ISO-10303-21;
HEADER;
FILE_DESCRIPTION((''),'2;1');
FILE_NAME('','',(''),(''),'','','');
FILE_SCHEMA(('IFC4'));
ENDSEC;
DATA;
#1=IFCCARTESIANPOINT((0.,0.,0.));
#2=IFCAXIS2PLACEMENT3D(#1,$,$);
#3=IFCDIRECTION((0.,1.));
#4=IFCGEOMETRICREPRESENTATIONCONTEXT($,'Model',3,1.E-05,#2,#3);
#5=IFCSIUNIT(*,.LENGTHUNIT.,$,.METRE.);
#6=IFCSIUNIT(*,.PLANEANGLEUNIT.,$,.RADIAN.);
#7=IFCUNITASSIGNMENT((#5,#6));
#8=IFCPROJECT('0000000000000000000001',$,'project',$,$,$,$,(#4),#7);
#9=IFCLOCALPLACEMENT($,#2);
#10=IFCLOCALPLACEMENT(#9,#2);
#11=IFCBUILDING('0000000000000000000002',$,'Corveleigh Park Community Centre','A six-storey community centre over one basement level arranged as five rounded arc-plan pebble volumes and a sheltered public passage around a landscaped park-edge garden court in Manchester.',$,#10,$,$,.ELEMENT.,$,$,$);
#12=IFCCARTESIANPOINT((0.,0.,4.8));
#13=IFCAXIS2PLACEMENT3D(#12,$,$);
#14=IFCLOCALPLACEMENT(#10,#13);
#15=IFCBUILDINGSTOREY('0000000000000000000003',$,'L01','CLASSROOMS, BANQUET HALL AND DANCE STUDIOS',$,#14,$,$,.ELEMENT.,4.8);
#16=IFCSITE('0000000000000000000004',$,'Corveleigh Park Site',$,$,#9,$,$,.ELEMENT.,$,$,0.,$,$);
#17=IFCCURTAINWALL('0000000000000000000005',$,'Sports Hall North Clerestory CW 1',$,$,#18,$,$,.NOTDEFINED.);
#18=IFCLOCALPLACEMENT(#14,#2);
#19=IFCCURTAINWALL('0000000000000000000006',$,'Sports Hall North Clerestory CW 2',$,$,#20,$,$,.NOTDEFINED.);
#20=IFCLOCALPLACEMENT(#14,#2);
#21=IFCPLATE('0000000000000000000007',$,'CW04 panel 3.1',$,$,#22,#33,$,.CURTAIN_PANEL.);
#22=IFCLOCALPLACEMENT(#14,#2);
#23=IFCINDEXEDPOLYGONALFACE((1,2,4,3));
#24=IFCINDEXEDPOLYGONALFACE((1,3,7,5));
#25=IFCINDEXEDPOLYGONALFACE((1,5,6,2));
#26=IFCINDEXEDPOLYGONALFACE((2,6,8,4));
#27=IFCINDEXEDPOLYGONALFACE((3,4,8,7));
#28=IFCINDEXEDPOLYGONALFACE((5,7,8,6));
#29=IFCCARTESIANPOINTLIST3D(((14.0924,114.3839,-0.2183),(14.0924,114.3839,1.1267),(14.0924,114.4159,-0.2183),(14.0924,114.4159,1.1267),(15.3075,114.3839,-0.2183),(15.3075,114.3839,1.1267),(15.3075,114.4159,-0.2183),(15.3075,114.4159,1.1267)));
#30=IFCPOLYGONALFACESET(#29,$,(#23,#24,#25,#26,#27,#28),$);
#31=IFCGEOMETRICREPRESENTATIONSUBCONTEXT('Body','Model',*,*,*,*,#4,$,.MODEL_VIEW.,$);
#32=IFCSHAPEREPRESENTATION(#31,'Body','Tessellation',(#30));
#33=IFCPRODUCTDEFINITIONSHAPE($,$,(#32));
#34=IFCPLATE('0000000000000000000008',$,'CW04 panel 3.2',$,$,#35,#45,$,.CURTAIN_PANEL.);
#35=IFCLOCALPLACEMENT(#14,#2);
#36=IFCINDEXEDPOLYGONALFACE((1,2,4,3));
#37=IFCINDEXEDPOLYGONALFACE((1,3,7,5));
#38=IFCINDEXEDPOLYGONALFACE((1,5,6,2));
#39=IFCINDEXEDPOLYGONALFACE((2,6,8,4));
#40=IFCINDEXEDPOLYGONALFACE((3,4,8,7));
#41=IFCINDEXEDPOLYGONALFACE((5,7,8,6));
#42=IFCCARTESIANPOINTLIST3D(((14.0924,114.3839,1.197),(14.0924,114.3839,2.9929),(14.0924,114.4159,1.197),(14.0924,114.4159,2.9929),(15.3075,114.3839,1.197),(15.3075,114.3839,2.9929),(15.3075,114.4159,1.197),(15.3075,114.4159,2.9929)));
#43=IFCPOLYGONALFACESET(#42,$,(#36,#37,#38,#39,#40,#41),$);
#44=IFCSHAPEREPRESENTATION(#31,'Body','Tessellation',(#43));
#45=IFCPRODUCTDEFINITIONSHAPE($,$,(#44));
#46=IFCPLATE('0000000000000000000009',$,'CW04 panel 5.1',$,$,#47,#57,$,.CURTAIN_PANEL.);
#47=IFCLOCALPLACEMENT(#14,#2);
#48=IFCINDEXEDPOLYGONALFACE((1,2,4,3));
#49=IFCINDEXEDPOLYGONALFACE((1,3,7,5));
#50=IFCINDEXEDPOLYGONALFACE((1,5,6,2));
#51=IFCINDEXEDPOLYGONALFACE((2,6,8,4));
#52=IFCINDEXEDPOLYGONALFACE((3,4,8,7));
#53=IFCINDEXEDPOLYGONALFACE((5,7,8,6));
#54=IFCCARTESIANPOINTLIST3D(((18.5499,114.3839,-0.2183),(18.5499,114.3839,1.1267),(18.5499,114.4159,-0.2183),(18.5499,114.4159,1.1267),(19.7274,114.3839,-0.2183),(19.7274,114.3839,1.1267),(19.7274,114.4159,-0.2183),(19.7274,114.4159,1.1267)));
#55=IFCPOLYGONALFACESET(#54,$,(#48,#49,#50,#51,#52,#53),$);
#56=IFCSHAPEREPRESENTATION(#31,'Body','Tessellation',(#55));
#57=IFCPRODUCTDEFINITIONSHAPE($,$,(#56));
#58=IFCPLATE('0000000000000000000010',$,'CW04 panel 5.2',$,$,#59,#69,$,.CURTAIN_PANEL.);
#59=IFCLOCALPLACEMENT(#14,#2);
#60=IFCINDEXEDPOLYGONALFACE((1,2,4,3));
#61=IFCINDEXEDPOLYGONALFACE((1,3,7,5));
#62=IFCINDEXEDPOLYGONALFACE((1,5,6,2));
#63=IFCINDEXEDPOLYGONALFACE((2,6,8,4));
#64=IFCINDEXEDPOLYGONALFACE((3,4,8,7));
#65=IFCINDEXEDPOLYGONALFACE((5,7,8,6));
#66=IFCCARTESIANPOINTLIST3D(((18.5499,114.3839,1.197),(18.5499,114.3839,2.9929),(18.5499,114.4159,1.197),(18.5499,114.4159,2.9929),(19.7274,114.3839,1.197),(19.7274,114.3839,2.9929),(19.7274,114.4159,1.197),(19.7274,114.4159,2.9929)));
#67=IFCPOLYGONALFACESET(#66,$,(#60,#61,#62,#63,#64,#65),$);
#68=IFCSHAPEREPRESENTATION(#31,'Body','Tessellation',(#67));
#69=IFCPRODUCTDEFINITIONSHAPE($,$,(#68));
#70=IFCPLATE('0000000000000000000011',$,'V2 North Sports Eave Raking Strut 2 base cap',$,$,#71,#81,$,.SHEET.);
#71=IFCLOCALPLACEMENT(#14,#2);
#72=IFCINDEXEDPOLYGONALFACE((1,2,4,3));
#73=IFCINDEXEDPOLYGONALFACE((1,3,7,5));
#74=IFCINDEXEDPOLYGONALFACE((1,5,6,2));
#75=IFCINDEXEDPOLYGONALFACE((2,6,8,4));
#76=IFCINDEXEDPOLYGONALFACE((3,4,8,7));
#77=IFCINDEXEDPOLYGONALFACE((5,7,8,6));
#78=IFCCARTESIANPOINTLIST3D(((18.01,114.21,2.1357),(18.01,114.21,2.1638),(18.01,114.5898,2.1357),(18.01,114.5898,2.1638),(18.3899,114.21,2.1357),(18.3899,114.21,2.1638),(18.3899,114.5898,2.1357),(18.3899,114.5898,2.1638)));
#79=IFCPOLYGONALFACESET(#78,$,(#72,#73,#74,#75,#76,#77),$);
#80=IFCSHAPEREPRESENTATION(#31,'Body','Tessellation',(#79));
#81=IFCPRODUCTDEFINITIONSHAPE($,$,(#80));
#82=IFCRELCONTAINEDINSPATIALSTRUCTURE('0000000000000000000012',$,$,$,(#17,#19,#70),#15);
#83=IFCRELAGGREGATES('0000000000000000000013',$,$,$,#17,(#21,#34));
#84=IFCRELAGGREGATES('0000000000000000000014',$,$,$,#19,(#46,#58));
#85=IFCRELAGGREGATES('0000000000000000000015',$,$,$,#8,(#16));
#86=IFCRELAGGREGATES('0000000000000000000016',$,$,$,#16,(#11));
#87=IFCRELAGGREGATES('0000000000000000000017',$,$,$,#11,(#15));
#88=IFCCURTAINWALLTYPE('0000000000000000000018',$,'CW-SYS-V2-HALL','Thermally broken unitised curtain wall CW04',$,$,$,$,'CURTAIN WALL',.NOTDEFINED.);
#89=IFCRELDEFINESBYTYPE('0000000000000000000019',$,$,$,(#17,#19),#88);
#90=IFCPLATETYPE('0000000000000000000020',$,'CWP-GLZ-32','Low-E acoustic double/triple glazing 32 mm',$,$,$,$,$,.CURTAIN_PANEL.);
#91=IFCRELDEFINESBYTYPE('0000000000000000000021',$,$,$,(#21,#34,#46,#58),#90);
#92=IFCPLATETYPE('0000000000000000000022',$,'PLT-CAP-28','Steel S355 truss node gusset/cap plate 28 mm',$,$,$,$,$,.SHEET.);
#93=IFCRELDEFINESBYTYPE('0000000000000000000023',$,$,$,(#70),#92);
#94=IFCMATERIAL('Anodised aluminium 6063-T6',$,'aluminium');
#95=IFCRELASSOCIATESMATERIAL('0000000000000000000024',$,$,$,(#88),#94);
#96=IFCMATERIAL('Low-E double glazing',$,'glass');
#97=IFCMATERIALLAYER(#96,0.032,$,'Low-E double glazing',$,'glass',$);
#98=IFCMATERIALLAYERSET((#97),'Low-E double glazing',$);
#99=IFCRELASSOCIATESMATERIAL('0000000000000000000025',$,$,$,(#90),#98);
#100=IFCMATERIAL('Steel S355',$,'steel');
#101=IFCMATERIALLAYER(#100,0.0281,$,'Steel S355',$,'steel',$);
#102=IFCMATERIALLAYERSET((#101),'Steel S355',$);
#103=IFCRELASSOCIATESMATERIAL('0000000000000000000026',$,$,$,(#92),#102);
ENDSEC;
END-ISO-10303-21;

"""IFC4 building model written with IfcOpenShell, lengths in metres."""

from ifc_helpers import new_model, si_unit, direction, frame, origin, origin_2d, place, context, subcontext, project, spatial, rectangle, extrude, material, layer, layer_set, type_object, element, aggregate, save


model = new_model("IFC4")

# Units and contexts
model_context = context("Model", 3, precision=1e-05, world=origin(), true_north=direction((0.0, 1.0)))
body_context = subcontext(model_context, "Body", "Model", "MODEL_VIEW")
ifc_project = project(units=[si_unit("LENGTHUNIT", "METRE"), si_unit("PLANEANGLEUNIT", "RADIAN")], contexts=[model_context])

# Site, building, storey
site_placement = place(None, origin())
site = spatial("IfcSite", under=ifc_project, at=site_placement, Name="Corveleigh Park Site", CompositionType="ELEMENT", RefElevation=0.0)
building_placement = place(site_placement, origin())
building = spatial("IfcBuilding", under=site, at=building_placement, Name="Corveleigh Park Community Centre", Description="A six-storey community centre over one basement level arranged as five rounded arc-plan pebble volumes and a sheltered public passage around a landscaped park-edge garden court in Manchester.", CompositionType="ELEMENT")
storey_placement = place(building_placement, frame((0.0, 0.0, 4.8)))
storey = spatial("IfcBuildingStorey", under=building, at=storey_placement, Name="L01", Description="CLASSROOMS, BANQUET HALL AND DANCE STUDIOS", CompositionType="ELEMENT", Elevation=4.8)

# Shared definitions
ifc_material_1 = material(Name="Steel S355", Category="steel")

# Curtain walls
ifc_material_2 = material(Name="Anodised aluminium 6063-T6", Category="aluminium")
curtain_wall_type = type_object("IfcCurtainWallType", Name="CW-SYS-V2-HALL", Description="Thermally broken unitised curtain wall CW04", ElementType="CURTAIN WALL", PredefinedType="NOTDEFINED", material=ifc_material_2)
curtain_wall_1_placement = place(storey_placement, origin())
curtain_wall_1 = element("IfcCurtainWall", 1, at=curtain_wall_1_placement, inside=storey, type_object=curtain_wall_type, Name="Sports Hall North Clerestory CW 1", PredefinedType="NOTDEFINED")
curtain_wall_2_placement = place(storey_placement, origin())
curtain_wall_2 = element("IfcCurtainWall", 2, at=curtain_wall_2_placement, inside=storey, type_object=curtain_wall_type, Name="Sports Hall North Clerestory CW 2", PredefinedType="NOTDEFINED")

# Plates
ifc_material_3 = material(Name="Low-E double glazing", Category="glass")
ifc_layer_1 = layer(ifc_material_3, 0.032, Name="Low-E double glazing", Category="glass")
ifc_layer_set_1 = layer_set([ifc_layer_1], Name="Low-E double glazing")
plate_type_1 = type_object("IfcPlateType", Name="CWP-GLZ-32", Description="Low-E acoustic double/triple glazing 32 mm", PredefinedType="CURTAIN_PANEL", material=ifc_layer_set_1)
plate_1_placement = place(storey_placement, frame((14.7, 114.3999, -0.2183), z_axis=(0.0, 0.0, 1.0), x_axis=(-1.0, 0.0, 0.0)))
plate_1 = element("IfcPlate", 3, at=plate_1_placement, type_object=plate_type_1, Name="CW04 panel 3.1", PredefinedType="CURTAIN_PANEL", context=body_context, shape_type="SweptSolid", body=[
    extrude(rectangle(XDim=1.2151, YDim=0.032, at=origin_2d()), origin(), (0.0, 0.0, 1.0), 1.345),
])
plate_2_placement = place(storey_placement, frame((14.7, 114.3999, 1.197), z_axis=(0.0, 0.0, 1.0), x_axis=(-1.0, 0.0, 0.0)))
plate_2 = element("IfcPlate", 4, at=plate_2_placement, type_object=plate_type_1, Name="CW04 panel 3.2", PredefinedType="CURTAIN_PANEL", context=body_context, shape_type="SweptSolid", body=[
    extrude(rectangle(XDim=1.2151, YDim=0.032, at=origin_2d()), origin(), (0.0, 0.0, 1.0), 1.7959),
])
aggregate(curtain_wall_1, [plate_1, plate_2])
plate_3_placement = place(storey_placement, frame((19.1387, 114.3999, -0.2183), z_axis=(0.0, 0.0, 1.0), x_axis=(-1.0, 0.0, 0.0)))
plate_3 = element("IfcPlate", 5, at=plate_3_placement, type_object=plate_type_1, Name="CW04 panel 5.1", PredefinedType="CURTAIN_PANEL", context=body_context, shape_type="SweptSolid", body=[
    extrude(rectangle(XDim=1.1775, YDim=0.032, at=origin_2d()), origin(), (0.0, 0.0, 1.0), 1.345),
])
plate_4_placement = place(storey_placement, frame((19.1387, 114.3999, 1.197), z_axis=(0.0, 0.0, 1.0), x_axis=(-1.0, 0.0, 0.0)))
plate_4 = element("IfcPlate", 6, at=plate_4_placement, type_object=plate_type_1, Name="CW04 panel 5.2", PredefinedType="CURTAIN_PANEL", context=body_context, shape_type="SweptSolid", body=[
    extrude(rectangle(XDim=1.1775, YDim=0.032, at=origin_2d()), origin(), (0.0, 0.0, 1.0), 1.7959),
])
aggregate(curtain_wall_2, [plate_3, plate_4])
ifc_layer_2 = layer(ifc_material_1, 0.0281, Name="Steel S355", Category="steel")
ifc_layer_set_2 = layer_set([ifc_layer_2], Name="Steel S355")
plate_type_2 = type_object("IfcPlateType", Name="PLT-CAP-28", Description="Steel S355 truss node gusset/cap plate 28 mm", PredefinedType="SHEET", material=ifc_layer_set_2)
plate_5_placement = place(storey_placement, frame((18.2, 114.3999, 2.1357), z_axis=(0.0, 0.0, 1.0), x_axis=(1.0, 0.0, 0.0)))
element("IfcPlate", 7, at=plate_5_placement, inside=storey, type_object=plate_type_2, Name="V2 North Sports Eave Raking Strut 2 base cap", PredefinedType="SHEET", context=body_context, shape_type="SweptSolid", body=[
    extrude(rectangle(XDim=0.3799, YDim=0.3799, at=origin_2d()), origin(), (0.0, 0.0, 1.0), 0.0281),
])

save(model, "model.ifc")
